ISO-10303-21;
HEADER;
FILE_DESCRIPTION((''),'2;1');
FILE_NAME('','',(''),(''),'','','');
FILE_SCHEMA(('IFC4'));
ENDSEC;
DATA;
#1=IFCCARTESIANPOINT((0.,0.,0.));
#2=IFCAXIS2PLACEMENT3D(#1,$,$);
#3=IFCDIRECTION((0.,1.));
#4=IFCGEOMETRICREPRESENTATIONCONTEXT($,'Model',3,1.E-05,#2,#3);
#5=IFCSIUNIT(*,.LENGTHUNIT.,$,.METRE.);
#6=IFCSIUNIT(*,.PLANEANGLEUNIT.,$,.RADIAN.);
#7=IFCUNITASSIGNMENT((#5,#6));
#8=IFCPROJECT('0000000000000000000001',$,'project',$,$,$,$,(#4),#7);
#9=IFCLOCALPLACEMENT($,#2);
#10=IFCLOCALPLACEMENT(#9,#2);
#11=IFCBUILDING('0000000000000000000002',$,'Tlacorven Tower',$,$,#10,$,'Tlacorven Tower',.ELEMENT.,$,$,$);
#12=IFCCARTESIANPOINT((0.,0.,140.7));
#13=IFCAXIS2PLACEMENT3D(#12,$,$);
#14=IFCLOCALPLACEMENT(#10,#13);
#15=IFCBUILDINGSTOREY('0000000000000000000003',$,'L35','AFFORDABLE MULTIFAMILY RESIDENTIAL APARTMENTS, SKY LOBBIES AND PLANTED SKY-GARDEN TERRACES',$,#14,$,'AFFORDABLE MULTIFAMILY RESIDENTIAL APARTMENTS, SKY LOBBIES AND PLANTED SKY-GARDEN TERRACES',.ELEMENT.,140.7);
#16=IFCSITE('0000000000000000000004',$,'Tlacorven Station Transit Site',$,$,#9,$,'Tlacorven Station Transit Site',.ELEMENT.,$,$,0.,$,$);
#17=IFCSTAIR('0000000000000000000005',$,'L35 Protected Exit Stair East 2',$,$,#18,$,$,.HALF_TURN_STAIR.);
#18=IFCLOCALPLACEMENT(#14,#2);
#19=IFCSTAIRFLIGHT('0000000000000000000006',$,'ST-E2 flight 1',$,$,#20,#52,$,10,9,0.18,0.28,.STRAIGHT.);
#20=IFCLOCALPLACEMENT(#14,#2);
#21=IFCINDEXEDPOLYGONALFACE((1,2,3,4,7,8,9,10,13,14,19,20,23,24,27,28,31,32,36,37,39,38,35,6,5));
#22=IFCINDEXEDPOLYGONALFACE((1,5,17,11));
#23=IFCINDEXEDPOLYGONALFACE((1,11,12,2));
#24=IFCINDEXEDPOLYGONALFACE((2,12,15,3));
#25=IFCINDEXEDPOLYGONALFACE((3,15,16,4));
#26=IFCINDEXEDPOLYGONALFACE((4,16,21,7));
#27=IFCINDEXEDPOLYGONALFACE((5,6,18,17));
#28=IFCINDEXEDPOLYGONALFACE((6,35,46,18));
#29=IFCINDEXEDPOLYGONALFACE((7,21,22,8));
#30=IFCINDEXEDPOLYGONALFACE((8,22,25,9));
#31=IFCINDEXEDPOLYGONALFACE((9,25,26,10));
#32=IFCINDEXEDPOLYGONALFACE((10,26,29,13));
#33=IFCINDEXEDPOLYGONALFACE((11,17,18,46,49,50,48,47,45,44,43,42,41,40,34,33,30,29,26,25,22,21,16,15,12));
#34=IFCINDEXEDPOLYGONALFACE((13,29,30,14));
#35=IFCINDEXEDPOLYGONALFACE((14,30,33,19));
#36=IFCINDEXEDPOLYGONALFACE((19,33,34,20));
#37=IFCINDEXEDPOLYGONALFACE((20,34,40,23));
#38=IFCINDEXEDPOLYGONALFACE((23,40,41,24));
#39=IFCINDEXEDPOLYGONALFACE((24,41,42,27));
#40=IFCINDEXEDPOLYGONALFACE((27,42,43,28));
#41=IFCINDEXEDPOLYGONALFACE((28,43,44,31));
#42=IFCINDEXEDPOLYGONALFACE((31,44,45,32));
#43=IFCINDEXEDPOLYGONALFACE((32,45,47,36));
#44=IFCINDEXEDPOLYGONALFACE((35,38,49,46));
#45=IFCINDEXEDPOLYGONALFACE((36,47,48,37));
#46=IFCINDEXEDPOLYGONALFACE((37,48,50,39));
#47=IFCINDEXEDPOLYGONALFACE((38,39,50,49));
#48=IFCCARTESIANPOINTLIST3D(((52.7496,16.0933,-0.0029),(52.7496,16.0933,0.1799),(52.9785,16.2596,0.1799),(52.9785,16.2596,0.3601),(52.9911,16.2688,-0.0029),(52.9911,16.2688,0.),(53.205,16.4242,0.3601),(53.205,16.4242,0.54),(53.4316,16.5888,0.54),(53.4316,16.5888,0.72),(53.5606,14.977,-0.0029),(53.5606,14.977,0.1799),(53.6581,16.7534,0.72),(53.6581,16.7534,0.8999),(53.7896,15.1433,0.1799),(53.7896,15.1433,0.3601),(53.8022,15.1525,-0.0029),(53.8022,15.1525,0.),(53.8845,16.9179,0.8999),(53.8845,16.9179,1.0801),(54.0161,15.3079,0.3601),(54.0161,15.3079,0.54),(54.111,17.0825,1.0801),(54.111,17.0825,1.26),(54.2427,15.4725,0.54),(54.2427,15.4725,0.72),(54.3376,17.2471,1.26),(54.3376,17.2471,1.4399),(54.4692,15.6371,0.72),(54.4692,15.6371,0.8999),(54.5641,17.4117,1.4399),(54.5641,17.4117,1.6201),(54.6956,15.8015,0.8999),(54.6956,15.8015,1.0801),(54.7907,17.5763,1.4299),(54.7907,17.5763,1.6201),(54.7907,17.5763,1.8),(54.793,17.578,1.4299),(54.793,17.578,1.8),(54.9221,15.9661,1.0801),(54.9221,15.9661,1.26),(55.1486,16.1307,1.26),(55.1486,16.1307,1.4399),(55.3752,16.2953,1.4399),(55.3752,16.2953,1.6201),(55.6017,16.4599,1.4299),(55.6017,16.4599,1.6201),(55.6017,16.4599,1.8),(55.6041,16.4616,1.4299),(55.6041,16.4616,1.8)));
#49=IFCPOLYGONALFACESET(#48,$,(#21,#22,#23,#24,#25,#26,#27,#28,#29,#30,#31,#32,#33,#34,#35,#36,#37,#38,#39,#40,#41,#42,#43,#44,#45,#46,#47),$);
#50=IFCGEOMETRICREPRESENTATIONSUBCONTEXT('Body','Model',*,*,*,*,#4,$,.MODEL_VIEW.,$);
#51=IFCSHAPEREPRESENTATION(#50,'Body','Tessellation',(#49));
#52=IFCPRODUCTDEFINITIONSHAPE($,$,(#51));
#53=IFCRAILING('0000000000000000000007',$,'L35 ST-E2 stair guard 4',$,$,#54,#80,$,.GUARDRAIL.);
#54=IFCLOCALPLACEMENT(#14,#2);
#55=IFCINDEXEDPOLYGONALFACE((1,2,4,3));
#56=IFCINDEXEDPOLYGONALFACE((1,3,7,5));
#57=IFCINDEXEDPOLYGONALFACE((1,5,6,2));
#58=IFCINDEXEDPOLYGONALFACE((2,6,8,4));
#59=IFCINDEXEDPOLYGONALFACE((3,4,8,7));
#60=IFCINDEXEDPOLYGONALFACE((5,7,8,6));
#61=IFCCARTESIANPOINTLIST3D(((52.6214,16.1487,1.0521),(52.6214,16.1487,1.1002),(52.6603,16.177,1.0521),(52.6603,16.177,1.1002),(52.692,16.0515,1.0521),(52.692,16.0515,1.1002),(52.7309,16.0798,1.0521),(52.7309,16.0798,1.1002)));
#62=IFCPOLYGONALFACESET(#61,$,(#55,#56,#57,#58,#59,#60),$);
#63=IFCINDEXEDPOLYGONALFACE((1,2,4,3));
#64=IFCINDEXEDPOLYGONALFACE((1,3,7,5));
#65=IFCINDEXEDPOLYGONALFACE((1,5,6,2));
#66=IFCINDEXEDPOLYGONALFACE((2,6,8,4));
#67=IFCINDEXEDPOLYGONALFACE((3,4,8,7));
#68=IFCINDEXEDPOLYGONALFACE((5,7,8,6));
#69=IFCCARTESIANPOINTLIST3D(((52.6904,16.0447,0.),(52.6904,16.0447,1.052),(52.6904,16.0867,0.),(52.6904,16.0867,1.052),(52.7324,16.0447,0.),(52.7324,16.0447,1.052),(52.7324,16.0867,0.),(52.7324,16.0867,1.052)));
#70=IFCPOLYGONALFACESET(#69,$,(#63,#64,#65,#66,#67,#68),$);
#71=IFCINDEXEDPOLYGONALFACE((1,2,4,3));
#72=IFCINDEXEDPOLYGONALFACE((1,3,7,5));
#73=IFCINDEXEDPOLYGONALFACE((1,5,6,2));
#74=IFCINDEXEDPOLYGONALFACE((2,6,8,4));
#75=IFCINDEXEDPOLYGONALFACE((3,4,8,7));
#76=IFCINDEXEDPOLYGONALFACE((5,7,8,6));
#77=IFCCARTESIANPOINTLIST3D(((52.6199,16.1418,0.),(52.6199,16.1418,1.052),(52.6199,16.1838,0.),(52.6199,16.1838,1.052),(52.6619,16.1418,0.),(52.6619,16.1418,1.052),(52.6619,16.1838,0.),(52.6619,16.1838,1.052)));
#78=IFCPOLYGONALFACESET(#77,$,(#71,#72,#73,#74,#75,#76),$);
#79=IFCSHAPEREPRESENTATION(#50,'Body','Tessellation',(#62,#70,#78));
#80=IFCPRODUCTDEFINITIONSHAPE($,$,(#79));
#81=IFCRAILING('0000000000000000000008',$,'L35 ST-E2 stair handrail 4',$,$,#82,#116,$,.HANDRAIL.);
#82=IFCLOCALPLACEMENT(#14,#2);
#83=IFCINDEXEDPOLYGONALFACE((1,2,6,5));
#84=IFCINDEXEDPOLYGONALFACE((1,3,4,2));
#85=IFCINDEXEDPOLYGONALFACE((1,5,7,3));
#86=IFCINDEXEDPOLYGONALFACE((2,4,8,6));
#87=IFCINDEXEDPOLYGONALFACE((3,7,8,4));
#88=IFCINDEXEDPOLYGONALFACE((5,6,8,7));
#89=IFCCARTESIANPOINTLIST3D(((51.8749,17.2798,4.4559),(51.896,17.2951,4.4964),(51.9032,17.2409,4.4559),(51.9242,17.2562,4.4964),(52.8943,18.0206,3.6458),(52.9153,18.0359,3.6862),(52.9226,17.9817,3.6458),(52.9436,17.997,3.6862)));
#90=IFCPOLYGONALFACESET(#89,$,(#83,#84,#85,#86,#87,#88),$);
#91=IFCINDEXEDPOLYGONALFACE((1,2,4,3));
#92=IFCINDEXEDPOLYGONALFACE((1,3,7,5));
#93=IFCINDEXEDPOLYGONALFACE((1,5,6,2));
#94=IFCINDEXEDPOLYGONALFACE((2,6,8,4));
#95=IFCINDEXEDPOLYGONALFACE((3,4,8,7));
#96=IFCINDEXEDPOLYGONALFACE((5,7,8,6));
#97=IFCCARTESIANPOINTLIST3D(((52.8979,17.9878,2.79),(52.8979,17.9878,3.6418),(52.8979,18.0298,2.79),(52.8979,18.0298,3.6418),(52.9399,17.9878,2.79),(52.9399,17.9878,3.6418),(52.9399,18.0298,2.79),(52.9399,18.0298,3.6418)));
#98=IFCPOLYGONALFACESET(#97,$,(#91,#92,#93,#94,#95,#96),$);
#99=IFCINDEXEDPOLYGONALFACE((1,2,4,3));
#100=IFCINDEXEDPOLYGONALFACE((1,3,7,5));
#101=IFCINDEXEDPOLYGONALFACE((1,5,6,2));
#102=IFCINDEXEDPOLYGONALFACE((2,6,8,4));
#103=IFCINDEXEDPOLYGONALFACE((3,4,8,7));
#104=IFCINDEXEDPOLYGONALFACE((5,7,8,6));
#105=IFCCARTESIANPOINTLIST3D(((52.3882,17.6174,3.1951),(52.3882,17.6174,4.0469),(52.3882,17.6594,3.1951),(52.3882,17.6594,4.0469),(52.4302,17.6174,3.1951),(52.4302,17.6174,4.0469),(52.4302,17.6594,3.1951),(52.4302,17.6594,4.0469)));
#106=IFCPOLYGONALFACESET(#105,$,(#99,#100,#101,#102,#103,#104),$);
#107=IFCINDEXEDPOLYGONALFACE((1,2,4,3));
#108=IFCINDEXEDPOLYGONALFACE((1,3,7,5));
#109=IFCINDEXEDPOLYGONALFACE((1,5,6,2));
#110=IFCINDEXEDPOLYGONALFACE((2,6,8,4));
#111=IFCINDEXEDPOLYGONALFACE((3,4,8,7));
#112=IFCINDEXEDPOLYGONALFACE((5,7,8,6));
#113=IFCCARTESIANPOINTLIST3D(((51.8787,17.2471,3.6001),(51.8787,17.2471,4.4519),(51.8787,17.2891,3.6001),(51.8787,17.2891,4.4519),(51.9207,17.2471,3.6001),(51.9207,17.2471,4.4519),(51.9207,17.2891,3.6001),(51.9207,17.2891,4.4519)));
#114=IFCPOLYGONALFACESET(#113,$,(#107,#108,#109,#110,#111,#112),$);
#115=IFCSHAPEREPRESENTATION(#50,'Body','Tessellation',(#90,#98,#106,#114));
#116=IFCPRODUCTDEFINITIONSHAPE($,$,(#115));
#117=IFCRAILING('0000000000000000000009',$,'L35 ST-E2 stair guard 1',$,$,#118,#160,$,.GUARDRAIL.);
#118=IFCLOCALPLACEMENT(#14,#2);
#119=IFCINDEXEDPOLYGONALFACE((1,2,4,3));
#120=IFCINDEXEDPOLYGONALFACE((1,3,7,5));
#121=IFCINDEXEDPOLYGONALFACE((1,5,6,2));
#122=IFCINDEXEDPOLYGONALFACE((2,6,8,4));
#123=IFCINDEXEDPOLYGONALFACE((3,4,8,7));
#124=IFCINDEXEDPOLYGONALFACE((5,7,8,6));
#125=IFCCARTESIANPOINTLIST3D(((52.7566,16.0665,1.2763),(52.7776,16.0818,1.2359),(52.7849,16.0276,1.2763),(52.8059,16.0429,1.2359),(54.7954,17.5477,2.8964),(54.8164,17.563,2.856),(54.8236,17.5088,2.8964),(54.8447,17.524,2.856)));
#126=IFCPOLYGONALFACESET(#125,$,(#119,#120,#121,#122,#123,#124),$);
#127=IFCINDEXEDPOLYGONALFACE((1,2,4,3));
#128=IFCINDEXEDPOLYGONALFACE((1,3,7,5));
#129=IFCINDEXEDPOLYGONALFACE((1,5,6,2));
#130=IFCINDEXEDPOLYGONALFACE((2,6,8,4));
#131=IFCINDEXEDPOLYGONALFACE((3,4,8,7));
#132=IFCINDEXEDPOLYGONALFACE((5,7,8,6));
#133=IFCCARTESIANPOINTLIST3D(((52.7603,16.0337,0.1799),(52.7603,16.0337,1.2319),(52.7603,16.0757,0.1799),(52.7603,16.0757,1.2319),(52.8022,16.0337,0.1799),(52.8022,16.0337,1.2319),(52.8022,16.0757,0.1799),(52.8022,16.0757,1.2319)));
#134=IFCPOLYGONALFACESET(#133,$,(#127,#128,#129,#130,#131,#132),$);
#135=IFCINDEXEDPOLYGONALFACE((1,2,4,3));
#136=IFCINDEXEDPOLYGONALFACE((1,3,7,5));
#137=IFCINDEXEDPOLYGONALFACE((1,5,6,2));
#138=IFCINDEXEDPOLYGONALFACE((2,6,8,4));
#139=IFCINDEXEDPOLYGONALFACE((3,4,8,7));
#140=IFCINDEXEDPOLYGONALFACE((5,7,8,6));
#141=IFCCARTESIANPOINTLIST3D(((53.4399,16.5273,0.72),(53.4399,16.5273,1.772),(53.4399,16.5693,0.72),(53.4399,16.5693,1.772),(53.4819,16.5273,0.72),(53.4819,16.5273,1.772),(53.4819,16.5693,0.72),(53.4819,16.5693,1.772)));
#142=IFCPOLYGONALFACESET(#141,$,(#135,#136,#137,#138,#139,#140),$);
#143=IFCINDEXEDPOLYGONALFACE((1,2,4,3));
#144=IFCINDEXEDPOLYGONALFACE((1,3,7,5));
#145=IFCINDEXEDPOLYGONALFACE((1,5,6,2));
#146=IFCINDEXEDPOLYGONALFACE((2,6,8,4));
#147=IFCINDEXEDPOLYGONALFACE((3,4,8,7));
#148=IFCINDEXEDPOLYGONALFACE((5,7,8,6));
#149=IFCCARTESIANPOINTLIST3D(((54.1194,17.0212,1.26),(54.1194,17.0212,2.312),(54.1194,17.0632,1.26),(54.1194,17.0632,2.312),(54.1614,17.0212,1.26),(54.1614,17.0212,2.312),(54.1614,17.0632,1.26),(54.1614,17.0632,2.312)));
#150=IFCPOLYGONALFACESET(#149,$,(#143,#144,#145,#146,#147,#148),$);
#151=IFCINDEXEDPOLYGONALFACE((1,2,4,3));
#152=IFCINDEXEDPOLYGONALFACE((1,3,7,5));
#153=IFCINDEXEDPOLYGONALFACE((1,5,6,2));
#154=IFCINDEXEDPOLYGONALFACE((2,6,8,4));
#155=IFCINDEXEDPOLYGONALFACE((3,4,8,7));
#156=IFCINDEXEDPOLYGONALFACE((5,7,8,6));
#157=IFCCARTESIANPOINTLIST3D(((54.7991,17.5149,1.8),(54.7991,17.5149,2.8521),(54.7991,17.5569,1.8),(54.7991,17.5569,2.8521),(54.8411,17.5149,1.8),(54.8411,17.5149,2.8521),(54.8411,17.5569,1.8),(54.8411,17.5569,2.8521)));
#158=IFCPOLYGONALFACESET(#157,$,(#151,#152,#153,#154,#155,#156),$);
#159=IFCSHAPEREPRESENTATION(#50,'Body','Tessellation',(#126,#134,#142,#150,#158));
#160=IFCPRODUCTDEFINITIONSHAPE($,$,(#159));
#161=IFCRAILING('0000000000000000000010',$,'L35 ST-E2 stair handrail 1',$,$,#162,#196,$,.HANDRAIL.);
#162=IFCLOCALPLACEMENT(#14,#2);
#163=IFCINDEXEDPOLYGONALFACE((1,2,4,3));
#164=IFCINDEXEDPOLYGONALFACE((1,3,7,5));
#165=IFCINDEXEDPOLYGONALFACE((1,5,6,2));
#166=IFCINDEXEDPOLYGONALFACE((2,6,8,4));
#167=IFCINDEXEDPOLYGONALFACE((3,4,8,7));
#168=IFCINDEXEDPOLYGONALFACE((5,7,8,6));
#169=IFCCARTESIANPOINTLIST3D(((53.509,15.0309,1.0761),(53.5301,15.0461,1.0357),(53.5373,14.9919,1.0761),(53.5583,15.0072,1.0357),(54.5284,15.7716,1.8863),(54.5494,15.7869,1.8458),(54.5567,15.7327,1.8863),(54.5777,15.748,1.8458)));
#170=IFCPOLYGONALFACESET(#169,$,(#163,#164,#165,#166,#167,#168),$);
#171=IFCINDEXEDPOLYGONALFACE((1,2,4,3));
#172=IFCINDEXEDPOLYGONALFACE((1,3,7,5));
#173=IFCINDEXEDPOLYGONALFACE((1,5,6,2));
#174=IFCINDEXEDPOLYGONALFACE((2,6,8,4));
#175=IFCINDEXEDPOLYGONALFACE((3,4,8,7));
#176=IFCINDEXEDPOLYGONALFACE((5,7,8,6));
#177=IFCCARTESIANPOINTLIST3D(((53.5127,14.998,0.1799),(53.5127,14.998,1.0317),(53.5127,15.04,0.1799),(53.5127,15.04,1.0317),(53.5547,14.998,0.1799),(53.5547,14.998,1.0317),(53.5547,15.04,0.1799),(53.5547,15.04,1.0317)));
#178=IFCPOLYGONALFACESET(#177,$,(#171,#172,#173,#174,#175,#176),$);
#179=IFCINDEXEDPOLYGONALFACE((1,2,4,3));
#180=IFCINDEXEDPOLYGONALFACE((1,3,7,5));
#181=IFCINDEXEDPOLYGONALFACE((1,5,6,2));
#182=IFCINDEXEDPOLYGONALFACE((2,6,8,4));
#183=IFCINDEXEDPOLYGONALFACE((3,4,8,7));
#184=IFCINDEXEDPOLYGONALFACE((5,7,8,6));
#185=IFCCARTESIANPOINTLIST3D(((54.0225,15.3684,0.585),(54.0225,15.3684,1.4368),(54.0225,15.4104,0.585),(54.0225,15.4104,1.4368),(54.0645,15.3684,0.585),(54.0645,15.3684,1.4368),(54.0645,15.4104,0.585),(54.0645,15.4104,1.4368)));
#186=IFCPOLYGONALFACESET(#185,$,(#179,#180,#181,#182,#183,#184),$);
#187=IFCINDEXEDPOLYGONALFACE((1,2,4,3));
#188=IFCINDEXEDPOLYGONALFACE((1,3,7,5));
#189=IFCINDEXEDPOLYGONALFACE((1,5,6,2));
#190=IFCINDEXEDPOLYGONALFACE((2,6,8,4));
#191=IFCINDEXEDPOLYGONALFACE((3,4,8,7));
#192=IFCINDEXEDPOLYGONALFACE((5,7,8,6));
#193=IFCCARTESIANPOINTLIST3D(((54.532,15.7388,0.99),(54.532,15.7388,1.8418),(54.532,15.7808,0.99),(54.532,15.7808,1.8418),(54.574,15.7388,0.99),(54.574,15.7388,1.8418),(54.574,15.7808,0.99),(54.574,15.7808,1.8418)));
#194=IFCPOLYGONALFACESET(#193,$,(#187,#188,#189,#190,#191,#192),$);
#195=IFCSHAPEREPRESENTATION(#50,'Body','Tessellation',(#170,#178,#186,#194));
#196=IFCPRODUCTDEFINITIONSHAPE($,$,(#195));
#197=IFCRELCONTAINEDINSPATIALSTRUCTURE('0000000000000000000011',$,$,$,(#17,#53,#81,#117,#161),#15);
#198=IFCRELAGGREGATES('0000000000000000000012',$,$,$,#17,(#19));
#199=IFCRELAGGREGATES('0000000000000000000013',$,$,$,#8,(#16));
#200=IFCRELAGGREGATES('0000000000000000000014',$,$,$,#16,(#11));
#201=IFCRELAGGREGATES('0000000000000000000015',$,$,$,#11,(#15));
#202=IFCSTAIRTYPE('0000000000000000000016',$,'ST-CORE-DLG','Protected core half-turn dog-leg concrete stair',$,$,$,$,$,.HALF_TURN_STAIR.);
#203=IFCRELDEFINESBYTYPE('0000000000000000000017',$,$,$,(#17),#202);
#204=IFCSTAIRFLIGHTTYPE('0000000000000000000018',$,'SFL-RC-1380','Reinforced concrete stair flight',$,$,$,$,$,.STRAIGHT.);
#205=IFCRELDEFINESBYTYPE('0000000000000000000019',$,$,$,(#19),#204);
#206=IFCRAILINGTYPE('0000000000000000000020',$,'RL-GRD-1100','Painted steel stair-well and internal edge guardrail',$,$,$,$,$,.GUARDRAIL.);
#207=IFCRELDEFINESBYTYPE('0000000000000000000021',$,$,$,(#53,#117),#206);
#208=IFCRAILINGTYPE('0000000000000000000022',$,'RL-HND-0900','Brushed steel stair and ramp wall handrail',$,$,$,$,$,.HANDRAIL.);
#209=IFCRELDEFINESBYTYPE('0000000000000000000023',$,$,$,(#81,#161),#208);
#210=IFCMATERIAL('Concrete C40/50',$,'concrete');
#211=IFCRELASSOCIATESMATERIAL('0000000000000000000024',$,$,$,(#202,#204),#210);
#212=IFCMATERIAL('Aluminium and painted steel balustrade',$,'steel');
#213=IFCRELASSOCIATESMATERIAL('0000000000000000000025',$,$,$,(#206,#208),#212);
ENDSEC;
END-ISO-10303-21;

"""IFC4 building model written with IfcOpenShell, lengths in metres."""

from ifc_helpers import new_model, si_unit, direction, frame, origin, origin_2d, place, context, subcontext, project, spatial, polyline, rectangle, outline, extrude, source, transform, mapped, material, type_object, element, aggregate, save


model = new_model("IFC4")

# Units and contexts
model_context = context("Model", 3, precision=1e-05, world=origin(), true_north=direction((0.0, 1.0)))
body_context = subcontext(model_context, "Body", "Model", "MODEL_VIEW")
ifc_project = project(units=[si_unit("LENGTHUNIT", "METRE"), si_unit("PLANEANGLEUNIT", "RADIAN")], contexts=[model_context])

# Site, building, storey
site_placement = place(None, origin())
site = spatial("IfcSite", under=ifc_project, at=site_placement, Name="Tlacorven Station Transit Site", LongName="Tlacorven Station Transit Site", CompositionType="ELEMENT", RefElevation=0.0)
building_placement = place(site_placement, origin())
building = spatial("IfcBuilding", under=site, at=building_placement, Name="Tlacorven Tower", LongName="Tlacorven Tower", CompositionType="ELEMENT")
storey_placement = place(building_placement, frame((0.0, 0.0, 140.7)))
storey = spatial("IfcBuildingStorey", under=building, at=storey_placement, Name="L35", Description="AFFORDABLE MULTIFAMILY RESIDENTIAL APARTMENTS, SKY LOBBIES AND PLANTED SKY-GARDEN TERRACES", LongName="AFFORDABLE MULTIFAMILY RESIDENTIAL APARTMENTS, SKY LOBBIES AND PLANTED SKY-GARDEN TERRACES", CompositionType="ELEMENT", Elevation=140.7)

# Shared definitions
ifc_material_1 = material(Name="Concrete C40/50", Category="concrete")

# Stair, stair flight
stair_type = type_object("IfcStairType", Name="ST-CORE-DLG", Description="Protected core half-turn dog-leg concrete stair", PredefinedType="HALF_TURN_STAIR", material=ifc_material_1)
stair_placement = place(storey_placement, origin())
stair = element("IfcStair", 1, at=stair_placement, inside=storey, type_object=stair_type, Name="L35 Protected Exit Stair East 2", PredefinedType="HALF_TURN_STAIR")
stair_flight_type = type_object("IfcStairFlightType", Name="SFL-RC-1380", Description="Reinforced concrete stair flight", PredefinedType="STRAIGHT", material=ifc_material_1)
shared_shape_1 = source(origin(), body_context, "Body", "SweptSolid", [
    extrude(outline(polyline([(-0.0029, -0.0029), (-0.0029, 0.1799), (0.28, 0.1799), (0.28, 0.3601), (0.5601, 0.3601), (0.5601, 0.54), (0.8401, 0.54), (0.8401, 0.72), (1.1201, 0.72), (1.1201, 0.8999), (1.3999, 0.8999), (1.3999, 1.0801), (1.6799, 1.0801), (1.6799, 1.26), (1.96, 1.26), (1.96, 1.4399), (2.24, 1.4399), (2.24, 1.6201), (2.52, 1.6201), (2.52, 1.8), (2.5229, 1.8), (2.5229, 1.4299), (2.52, 1.4299), (0.2957, 0.0), (0.2957, -0.0029), (-0.0029, -0.0029)])), frame((0.0, 0.6899, 0.0), z_axis=(0.0, -1.0, 0.0), x_axis=(1.0, 0.0, 0.0)), (0.0, 0.0, 1.0), 1.3799),
])
stair_flight_placement = place(storey_placement, frame((53.1575, 15.5369, 0.0), z_axis=(0.0, 0.0, 1.0), x_axis=(0.809017, 0.587785, 0.0)))
stair_flight = element("IfcStairFlight", 2, at=stair_flight_placement, type_object=stair_flight_type, Name="ST-E2 flight 1", NumberOfRisers=10, NumberOfTreads=9, PredefinedType="STRAIGHT", RiserHeight=0.18, TreadLength=0.28, context=body_context, shape_type="MappedRepresentation", body=[
    mapped(shared_shape_1, transform((0.0, 0.0, 0.0), scale=1.0)),
])
aggregate(stair, [stair_flight])

# Railings
ifc_material_2 = material(Name="Aluminium and painted steel balustrade", Category="steel")
railing_type_1 = type_object("IfcRailingType", Name="RL-GRD-1100", Description="Painted steel stair-well and internal edge guardrail", PredefinedType="GUARDRAIL", material=ifc_material_2)
shared_shape_2 = source(origin(), body_context, "Body", "SweptSolid", [
    extrude(rectangle(XDim=0.0481, YDim=0.0481, at=origin_2d()), frame((0.0, 0.0, 1.0762), z_axis=(-0.587567, 0.809175, 0.0), x_axis=(-0.809175, -0.587567, 0.0)), (0.0, 0.0, 1.0), 0.1201),
    extrude(rectangle(XDim=0.042, YDim=0.042, at=origin_2d()), origin(), (0.0, 0.0, 1.0), 1.052),
    extrude(rectangle(XDim=0.042, YDim=0.042, at=origin_2d()), frame((-0.0706, 0.0972, 0.0)), (0.0, 0.0, 1.0), 1.052),
])
railing_1_placement = place(storey_placement, frame((52.7114, 16.0657, 0.0)))
element("IfcRailing", 3, at=railing_1_placement, inside=storey, type_object=railing_type_1, Name="L35 ST-E2 stair guard 4", PredefinedType="GUARDRAIL", context=body_context, shape_type="MappedRepresentation", body=[
    mapped(shared_shape_2, transform((0.0, 0.0, 0.0), scale=1.0)),
])
railing_type_2 = type_object("IfcRailingType", Name="RL-HND-0900", Description="Brushed steel stair and ramp wall handrail", PredefinedType="HANDRAIL", material=ifc_material_2)
shared_shape_3 = source(origin(), body_context, "Body", "SweptSolid", [
    extrude(rectangle(XDim=0.0481, YDim=0.0481, at=origin_2d()), frame((0.0, 0.0, 0.876), z_axis=(-0.680461, -0.494496, 0.540783), x_axis=(0.587872, -0.808954, 0.0)), (0.0, 0.0, 1.0), 1.498),
    extrude(rectangle(XDim=0.042, YDim=0.042, at=origin_2d()), origin(), (0.0, 0.0, 1.0), 0.8518),
    extrude(rectangle(XDim=0.042, YDim=0.042, at=origin_2d()), frame((-0.5098, -0.3704, 0.405)), (0.0, 0.0, 1.0), 0.8518),
    extrude(rectangle(XDim=0.042, YDim=0.042, at=origin_2d()), frame((-1.0193, -0.7407, 0.8101)), (0.0, 0.0, 1.0), 0.8518),
])
railing_2_placement = place(storey_placement, frame((52.9189, 18.0088, 2.79)))
element("IfcRailing", 4, at=railing_2_placement, inside=storey, type_object=railing_type_2, Name="L35 ST-E2 stair handrail 4", PredefinedType="HANDRAIL", context=body_context, shape_type="MappedRepresentation", body=[
    mapped(shared_shape_3, transform((0.0, 0.0, 0.0), scale=1.0)),
])
shared_shape_4 = source(origin(), body_context, "Body", "SweptSolid", [
    extrude(rectangle(XDim=0.0481, YDim=0.0481, at=origin_2d()), frame((0.0, 0.0, 1.0762), z_axis=(0.680532, 0.494407, 0.540775), x_axis=(-0.587763, 0.809033, 0.0)), (0.0, 0.0, 1.0), 2.9958),
    extrude(rectangle(XDim=0.042, YDim=0.042, at=origin_2d()), origin(), (0.0, 0.0, 1.0), 1.052),
    extrude(rectangle(XDim=0.042, YDim=0.042, at=origin_2d()), frame((0.6797, 0.4937, 0.54)), (0.0, 0.0, 1.0), 1.052),
    extrude(rectangle(XDim=0.042, YDim=0.042, at=origin_2d()), frame((1.3591, 0.9875, 1.0801)), (0.0, 0.0, 1.0), 1.052),
    extrude(rectangle(XDim=0.042, YDim=0.042, at=origin_2d()), frame((2.0388, 1.4812, 1.6201)), (0.0, 0.0, 1.0), 1.052),
])
railing_3_placement = place(storey_placement, frame((52.7812, 16.0547, 0.1799)))
element("IfcRailing", 5, at=railing_3_placement, inside=storey, type_object=railing_type_1, Name="L35 ST-E2 stair guard 1", PredefinedType="GUARDRAIL", context=body_context, shape_type="MappedRepresentation", body=[
    mapped(shared_shape_4, transform((0.0, 0.0, 0.0), scale=1.0)),
])
shared_shape_5 = source(origin(), body_context, "Body", "SweptSolid", [
    extrude(rectangle(XDim=0.0481, YDim=0.0481, at=origin_2d()), frame((0.0, 0.0, 0.876), z_axis=(0.680461, 0.494496, 0.540783), x_axis=(-0.587872, 0.808954, 0.0)), (0.0, 0.0, 1.0), 1.498),
    extrude(rectangle(XDim=0.042, YDim=0.042, at=origin_2d()), origin(), (0.0, 0.0, 1.0), 0.8518),
    extrude(rectangle(XDim=0.042, YDim=0.042, at=origin_2d()), frame((0.5098, 0.3704, 0.405)), (0.0, 0.0, 1.0), 0.8518),
    extrude(rectangle(XDim=0.042, YDim=0.042, at=origin_2d()), frame((1.0193, 0.7407, 0.8101)), (0.0, 0.0, 1.0), 0.8518),
])
railing_4_placement = place(storey_placement, frame((53.5337, 15.019, 0.1799)))
element("IfcRailing", 6, at=railing_4_placement, inside=storey, type_object=railing_type_2, Name="L35 ST-E2 stair handrail 1", PredefinedType="HANDRAIL", context=body_context, shape_type="MappedRepresentation", body=[
    mapped(shared_shape_5, transform((0.0, 0.0, 0.0), scale=1.0)),
])

save(model, "model.ifc")
